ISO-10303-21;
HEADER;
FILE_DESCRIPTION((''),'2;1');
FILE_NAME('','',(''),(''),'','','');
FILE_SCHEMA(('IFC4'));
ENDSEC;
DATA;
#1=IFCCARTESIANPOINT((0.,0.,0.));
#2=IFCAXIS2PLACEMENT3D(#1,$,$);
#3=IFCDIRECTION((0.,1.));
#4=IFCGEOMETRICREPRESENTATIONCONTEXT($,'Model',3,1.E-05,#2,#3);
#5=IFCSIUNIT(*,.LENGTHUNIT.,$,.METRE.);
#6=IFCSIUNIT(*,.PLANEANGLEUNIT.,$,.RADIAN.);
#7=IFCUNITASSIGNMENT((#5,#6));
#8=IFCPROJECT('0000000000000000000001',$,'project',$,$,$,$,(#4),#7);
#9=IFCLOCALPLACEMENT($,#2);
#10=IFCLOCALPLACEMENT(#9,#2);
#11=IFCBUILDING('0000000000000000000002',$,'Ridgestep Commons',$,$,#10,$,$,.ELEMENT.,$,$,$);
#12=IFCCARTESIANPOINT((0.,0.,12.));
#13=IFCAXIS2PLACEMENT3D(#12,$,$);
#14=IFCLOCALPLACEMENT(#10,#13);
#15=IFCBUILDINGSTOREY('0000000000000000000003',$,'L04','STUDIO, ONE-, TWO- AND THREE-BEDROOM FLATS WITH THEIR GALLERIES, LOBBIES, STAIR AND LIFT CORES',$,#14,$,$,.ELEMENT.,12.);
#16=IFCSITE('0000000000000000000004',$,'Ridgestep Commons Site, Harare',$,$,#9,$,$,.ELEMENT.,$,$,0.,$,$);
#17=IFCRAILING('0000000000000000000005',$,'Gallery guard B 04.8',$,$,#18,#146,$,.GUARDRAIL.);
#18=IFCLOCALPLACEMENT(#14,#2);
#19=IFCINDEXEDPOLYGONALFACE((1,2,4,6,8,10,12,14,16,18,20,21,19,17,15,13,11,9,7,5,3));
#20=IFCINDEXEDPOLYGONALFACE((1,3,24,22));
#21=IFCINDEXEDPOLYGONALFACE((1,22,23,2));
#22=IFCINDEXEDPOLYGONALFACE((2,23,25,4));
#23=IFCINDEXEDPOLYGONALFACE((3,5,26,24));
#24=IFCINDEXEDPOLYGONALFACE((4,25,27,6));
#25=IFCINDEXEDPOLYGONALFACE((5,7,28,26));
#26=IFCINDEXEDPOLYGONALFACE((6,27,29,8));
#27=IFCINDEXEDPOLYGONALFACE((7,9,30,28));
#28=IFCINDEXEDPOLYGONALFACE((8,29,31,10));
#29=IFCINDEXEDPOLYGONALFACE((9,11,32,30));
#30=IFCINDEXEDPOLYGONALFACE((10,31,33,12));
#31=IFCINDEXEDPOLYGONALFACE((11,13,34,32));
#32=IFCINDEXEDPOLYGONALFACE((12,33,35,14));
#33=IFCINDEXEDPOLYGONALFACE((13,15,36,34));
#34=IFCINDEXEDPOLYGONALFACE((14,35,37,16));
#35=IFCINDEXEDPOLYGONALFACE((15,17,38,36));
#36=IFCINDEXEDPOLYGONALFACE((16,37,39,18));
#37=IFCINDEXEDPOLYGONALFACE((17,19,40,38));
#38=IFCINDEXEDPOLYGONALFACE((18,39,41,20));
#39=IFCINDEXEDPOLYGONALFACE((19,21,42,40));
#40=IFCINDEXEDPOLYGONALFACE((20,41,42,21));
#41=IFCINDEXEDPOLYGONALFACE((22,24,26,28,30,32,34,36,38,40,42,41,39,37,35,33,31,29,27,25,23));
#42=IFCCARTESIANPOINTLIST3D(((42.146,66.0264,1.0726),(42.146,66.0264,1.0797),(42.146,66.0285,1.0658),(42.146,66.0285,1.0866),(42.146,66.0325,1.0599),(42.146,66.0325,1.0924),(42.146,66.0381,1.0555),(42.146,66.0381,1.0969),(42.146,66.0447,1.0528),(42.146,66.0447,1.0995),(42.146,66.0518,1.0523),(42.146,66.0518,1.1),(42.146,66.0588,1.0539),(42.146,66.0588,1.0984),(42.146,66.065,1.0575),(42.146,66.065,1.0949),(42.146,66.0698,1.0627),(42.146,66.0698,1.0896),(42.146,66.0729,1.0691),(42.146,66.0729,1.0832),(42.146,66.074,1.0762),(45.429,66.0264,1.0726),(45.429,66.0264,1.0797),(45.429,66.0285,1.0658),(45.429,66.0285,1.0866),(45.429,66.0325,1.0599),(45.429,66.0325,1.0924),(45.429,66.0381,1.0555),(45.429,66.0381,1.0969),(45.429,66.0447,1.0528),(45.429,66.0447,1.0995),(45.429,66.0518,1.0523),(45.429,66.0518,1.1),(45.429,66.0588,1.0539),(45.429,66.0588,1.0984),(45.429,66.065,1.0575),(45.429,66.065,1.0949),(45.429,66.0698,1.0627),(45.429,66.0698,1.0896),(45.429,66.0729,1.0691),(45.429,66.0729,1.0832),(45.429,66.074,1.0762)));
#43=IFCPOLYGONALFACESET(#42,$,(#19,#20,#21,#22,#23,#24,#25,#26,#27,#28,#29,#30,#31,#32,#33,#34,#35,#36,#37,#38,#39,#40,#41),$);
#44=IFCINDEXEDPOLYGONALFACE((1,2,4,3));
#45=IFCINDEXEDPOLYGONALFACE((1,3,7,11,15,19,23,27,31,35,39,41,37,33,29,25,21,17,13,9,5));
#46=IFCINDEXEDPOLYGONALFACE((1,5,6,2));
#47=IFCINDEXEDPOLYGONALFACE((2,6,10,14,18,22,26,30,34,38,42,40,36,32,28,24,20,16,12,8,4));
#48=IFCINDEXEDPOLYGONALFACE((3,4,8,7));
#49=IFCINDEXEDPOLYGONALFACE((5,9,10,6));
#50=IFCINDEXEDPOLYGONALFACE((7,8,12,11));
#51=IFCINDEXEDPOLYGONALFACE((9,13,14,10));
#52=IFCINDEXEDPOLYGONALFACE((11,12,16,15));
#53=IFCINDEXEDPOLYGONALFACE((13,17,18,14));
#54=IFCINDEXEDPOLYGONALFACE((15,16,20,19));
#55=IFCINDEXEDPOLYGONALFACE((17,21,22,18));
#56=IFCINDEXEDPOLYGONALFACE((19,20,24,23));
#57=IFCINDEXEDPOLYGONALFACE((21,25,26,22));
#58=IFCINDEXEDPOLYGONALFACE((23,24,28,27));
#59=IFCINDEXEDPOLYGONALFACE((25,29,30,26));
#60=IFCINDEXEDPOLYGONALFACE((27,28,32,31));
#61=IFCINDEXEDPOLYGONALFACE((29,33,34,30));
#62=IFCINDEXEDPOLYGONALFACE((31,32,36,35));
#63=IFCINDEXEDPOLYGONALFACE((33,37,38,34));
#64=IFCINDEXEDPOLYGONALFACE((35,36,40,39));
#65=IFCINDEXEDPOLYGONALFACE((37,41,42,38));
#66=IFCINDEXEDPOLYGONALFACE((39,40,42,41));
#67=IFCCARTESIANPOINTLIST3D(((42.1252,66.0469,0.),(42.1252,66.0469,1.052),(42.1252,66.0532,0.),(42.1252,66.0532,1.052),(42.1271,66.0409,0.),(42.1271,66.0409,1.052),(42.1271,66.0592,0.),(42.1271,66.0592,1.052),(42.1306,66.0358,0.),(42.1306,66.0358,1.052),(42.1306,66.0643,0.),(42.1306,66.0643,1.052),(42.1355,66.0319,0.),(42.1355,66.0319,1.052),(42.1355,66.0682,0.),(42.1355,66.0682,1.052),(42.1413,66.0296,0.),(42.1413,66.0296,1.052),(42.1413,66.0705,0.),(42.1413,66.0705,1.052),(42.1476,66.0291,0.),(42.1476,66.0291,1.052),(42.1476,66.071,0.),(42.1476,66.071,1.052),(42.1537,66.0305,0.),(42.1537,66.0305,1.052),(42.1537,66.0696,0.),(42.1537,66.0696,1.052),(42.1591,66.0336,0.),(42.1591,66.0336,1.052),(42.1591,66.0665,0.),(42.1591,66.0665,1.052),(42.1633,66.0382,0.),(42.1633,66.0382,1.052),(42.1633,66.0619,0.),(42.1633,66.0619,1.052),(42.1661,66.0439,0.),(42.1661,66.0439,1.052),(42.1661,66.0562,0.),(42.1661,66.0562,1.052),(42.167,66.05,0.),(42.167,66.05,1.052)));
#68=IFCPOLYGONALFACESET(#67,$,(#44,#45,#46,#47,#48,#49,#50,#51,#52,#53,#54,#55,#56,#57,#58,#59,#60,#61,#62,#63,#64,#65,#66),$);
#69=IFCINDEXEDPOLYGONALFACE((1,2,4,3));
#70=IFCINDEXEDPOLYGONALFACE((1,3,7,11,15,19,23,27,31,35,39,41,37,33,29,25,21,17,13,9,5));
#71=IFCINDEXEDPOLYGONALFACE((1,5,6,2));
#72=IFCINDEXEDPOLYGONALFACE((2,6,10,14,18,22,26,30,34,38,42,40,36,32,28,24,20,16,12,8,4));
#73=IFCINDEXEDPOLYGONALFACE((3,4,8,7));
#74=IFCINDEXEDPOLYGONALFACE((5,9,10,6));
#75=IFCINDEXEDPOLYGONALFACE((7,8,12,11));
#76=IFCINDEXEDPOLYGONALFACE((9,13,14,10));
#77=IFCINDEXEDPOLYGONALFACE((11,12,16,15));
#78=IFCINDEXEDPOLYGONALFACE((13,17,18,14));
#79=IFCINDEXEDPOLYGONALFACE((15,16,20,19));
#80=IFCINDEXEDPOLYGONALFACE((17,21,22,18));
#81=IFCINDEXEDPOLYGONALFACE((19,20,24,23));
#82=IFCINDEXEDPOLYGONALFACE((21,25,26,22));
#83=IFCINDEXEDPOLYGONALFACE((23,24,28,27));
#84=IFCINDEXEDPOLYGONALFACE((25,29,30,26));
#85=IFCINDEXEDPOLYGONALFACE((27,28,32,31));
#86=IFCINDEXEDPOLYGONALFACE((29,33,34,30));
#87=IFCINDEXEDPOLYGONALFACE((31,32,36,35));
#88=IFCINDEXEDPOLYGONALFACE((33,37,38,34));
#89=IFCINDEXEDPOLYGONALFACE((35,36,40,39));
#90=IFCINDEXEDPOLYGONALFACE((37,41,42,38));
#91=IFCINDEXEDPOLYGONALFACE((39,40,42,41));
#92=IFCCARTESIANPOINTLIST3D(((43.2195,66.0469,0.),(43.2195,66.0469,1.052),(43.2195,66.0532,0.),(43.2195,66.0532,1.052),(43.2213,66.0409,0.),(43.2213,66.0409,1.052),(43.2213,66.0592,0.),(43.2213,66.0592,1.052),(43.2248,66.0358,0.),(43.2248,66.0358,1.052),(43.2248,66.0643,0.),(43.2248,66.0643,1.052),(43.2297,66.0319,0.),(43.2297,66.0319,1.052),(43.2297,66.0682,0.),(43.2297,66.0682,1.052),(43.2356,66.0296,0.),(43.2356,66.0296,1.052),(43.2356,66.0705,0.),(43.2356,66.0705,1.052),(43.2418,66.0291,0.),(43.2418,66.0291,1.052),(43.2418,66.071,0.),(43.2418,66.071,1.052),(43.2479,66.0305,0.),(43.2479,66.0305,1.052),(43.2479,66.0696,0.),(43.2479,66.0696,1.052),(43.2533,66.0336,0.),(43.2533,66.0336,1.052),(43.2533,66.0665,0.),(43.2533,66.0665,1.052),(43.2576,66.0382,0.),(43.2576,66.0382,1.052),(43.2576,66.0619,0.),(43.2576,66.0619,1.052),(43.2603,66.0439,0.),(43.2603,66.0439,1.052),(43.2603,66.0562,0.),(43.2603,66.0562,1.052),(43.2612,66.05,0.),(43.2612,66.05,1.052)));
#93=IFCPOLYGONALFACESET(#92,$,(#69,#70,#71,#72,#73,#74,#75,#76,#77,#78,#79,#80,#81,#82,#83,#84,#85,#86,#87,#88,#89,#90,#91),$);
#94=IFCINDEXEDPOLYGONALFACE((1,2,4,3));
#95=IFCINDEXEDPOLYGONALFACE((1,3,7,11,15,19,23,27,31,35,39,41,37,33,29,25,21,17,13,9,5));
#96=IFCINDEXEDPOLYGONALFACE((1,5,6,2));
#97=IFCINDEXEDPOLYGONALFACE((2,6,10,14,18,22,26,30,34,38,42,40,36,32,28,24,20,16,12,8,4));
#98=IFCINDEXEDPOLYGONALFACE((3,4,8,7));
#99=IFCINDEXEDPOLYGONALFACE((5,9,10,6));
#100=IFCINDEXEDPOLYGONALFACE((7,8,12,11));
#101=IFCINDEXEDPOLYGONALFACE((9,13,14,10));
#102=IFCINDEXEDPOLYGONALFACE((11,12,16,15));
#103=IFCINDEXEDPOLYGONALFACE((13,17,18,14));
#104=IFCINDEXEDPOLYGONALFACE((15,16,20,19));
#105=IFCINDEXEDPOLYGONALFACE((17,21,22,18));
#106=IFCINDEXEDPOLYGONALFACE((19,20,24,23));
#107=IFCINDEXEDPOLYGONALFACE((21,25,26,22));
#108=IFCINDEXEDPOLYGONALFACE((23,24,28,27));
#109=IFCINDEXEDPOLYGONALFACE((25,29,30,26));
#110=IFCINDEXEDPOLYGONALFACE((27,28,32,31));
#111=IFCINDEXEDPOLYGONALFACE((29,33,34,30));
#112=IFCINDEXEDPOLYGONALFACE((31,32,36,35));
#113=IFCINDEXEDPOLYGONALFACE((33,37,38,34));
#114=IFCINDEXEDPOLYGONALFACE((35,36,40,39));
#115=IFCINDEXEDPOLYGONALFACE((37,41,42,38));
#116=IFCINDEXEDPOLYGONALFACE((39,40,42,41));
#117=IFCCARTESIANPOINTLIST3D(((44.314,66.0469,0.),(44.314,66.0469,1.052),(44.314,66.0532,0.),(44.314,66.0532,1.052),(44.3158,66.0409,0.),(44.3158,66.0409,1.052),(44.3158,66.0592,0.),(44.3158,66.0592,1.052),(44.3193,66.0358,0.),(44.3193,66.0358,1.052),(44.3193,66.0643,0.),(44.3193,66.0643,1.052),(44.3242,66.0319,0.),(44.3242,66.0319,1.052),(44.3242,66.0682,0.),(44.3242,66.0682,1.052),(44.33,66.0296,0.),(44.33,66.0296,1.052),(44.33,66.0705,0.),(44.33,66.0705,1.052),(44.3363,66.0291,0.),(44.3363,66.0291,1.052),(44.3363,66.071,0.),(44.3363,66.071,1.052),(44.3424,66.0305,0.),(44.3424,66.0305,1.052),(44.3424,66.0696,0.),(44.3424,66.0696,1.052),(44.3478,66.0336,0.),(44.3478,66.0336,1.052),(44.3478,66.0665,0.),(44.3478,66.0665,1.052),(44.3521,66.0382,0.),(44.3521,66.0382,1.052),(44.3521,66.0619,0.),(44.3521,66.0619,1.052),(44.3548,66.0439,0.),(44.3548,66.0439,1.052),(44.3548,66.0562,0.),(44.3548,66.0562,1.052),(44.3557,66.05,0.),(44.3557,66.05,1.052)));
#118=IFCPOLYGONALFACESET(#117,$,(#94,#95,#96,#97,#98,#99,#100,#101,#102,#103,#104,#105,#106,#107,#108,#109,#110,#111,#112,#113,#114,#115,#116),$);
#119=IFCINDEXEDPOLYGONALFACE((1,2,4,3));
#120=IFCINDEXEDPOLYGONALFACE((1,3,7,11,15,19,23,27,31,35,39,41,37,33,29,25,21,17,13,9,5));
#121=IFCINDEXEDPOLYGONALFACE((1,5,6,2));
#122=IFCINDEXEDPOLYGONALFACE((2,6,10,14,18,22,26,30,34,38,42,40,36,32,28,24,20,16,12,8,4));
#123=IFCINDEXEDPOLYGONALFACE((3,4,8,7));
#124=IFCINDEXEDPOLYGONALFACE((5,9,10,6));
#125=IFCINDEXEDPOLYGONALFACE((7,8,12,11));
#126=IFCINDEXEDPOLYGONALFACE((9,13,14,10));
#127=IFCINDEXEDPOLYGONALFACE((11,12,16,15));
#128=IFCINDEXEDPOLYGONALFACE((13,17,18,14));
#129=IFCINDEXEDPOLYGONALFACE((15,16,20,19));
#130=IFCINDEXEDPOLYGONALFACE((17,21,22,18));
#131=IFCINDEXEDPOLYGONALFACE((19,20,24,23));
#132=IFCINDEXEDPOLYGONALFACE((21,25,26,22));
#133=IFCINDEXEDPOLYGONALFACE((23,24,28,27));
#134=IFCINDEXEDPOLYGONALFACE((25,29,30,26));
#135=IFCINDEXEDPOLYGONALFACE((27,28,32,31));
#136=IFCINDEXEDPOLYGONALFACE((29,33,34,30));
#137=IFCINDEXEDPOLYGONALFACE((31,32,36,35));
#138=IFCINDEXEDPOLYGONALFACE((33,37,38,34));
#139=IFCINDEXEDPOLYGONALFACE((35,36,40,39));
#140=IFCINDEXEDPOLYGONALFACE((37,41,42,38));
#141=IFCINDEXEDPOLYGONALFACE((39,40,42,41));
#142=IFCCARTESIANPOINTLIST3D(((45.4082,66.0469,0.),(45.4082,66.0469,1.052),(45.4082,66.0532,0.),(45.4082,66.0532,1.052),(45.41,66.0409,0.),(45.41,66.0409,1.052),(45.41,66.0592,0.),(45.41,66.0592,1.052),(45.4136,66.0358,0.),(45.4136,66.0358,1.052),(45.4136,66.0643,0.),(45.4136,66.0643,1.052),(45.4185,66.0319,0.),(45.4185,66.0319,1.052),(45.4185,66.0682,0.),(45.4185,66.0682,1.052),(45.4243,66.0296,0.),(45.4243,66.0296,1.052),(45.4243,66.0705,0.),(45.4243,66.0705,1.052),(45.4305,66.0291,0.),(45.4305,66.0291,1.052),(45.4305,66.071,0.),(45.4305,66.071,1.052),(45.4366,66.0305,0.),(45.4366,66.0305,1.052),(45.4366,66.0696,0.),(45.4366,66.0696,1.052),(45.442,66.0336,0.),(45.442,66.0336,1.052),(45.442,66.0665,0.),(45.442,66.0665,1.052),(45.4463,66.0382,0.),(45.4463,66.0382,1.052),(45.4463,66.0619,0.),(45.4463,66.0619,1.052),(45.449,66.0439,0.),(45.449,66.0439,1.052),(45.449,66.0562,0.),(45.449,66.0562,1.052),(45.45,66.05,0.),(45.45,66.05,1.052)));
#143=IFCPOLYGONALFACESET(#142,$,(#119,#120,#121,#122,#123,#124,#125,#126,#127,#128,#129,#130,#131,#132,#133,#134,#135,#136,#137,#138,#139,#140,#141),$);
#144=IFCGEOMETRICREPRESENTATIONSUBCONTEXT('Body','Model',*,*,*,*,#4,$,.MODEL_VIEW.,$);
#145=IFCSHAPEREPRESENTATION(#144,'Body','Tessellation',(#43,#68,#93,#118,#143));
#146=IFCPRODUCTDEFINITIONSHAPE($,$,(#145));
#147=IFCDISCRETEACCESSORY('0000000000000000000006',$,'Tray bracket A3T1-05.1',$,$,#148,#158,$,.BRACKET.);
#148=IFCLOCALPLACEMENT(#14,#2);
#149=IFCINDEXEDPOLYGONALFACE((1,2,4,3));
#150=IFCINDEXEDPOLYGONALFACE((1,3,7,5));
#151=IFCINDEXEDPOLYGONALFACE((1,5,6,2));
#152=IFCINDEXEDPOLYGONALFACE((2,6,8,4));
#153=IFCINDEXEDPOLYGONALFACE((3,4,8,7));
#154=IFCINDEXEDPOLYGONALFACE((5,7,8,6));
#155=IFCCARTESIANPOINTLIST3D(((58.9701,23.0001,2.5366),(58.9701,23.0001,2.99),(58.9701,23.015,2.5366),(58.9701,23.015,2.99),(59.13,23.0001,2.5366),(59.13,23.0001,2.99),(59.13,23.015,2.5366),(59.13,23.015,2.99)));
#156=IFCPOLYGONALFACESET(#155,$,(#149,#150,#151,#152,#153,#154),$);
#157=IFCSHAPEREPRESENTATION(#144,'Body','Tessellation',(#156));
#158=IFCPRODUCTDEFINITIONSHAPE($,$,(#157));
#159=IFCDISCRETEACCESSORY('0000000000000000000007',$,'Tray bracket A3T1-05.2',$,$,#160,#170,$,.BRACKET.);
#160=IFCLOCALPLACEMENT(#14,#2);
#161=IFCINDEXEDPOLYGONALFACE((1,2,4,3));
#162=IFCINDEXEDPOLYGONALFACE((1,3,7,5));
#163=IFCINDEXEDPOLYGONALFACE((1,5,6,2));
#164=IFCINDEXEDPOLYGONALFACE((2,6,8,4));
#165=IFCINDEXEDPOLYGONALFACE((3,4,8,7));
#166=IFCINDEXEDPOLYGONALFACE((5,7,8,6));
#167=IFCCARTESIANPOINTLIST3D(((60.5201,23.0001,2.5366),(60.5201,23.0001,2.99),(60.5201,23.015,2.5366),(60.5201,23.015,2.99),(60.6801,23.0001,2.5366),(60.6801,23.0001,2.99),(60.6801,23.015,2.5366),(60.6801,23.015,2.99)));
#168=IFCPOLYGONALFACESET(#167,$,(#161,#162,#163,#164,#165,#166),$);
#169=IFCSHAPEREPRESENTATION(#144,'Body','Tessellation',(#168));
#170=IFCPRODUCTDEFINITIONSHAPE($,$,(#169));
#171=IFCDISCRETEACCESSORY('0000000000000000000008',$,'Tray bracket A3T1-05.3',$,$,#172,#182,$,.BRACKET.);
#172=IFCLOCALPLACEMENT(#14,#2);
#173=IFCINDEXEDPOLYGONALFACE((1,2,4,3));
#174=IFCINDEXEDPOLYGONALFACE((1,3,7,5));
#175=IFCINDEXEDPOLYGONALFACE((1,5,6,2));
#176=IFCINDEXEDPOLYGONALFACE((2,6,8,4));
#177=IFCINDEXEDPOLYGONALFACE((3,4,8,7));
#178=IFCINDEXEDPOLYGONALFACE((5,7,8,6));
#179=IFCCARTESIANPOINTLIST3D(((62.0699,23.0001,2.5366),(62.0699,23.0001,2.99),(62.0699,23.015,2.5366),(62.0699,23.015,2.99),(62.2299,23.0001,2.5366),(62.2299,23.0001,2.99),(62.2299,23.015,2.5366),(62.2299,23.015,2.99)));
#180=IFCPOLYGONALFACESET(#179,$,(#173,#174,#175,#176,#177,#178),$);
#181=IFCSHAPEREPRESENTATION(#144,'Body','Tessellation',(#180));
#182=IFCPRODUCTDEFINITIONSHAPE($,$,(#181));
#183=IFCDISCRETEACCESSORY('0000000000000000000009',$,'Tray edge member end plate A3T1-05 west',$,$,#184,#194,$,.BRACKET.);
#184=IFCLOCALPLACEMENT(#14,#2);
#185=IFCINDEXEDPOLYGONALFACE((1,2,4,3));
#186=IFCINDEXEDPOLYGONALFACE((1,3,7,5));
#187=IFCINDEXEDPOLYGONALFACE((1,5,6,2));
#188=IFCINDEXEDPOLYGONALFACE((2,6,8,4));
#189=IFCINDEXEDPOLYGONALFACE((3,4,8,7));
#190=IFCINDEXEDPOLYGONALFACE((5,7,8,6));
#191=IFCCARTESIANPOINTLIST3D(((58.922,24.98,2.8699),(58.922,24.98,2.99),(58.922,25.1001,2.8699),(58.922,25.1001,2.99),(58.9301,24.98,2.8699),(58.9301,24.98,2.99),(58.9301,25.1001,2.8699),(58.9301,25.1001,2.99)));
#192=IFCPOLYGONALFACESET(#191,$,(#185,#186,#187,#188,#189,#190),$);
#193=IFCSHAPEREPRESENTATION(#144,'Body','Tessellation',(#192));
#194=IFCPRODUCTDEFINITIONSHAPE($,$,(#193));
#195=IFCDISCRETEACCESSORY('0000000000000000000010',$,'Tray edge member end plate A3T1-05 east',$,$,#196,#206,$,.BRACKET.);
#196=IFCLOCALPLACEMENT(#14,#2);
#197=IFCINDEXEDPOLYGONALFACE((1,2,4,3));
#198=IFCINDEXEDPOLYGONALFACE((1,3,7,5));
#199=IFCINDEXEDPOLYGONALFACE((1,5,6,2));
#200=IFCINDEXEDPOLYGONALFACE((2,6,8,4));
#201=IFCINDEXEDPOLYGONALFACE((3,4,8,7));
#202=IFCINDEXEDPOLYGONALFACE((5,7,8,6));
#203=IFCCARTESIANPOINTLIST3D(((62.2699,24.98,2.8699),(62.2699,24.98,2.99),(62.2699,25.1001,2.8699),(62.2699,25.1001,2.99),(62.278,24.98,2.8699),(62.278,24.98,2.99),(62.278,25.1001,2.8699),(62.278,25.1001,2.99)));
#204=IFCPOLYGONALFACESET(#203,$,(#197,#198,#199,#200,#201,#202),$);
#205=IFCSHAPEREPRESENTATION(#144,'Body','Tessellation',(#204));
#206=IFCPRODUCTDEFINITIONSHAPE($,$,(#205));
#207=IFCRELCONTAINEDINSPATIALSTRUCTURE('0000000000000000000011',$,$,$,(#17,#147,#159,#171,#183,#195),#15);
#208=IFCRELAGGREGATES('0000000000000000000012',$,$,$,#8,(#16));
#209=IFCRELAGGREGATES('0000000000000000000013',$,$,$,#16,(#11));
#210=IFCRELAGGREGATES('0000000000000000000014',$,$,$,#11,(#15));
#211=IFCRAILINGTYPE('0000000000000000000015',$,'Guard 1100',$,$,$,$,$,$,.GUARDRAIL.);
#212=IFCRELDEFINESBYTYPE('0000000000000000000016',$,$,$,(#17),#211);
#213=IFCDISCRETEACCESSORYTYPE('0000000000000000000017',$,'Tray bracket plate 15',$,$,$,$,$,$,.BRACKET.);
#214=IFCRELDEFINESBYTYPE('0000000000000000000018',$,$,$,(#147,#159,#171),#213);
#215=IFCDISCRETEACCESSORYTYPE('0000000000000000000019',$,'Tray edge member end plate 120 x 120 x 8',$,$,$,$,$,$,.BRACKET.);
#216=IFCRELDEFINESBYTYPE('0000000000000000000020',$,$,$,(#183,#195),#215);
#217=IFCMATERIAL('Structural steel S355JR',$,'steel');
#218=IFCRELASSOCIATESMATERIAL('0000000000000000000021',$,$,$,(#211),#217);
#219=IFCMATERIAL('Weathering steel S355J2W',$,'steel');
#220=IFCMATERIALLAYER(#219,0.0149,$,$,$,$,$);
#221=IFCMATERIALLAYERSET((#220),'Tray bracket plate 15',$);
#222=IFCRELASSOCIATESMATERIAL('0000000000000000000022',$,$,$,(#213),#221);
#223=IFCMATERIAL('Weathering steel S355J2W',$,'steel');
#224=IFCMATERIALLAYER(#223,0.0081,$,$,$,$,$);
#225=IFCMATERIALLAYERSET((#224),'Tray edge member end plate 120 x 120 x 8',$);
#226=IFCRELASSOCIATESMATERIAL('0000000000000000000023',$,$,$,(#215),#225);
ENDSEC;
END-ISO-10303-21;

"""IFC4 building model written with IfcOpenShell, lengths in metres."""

from ifc_helpers import new_model, si_unit, direction, frame, origin, origin_2d, place, context, subcontext, project, spatial, rectangle, circle, extrude, material, layer, layer_set, type_object, element, save


model = new_model("IFC4")

# Units and contexts
model_context = context("Model", 3, precision=1e-05, world=origin(), true_north=direction((0.0, 1.0)))
body_context = subcontext(model_context, "Body", "Model", "MODEL_VIEW")
ifc_project = project(units=[si_unit("LENGTHUNIT", "METRE"), si_unit("PLANEANGLEUNIT", "RADIAN")], contexts=[model_context])

# Site, building, storey
site_placement = place(None, origin())
site = spatial("IfcSite", under=ifc_project, at=site_placement, Name="Ridgestep Commons Site, Harare", CompositionType="ELEMENT", RefElevation=0.0)
building_placement = place(site_placement, origin())
building = spatial("IfcBuilding", under=site, at=building_placement, Name="Ridgestep Commons", CompositionType="ELEMENT")
storey_placement = place(building_placement, frame((0.0, 0.0, 12.0)))
storey = spatial("IfcBuildingStorey", under=building, at=storey_placement, Name="L04", Description="STUDIO, ONE-, TWO- AND THREE-BEDROOM FLATS WITH THEIR GALLERIES, LOBBIES, STAIR AND LIFT CORES", CompositionType="ELEMENT", Elevation=12.0)

# Railing
ifc_material_1 = material(Name="Structural steel S355JR", Category="steel")
railing_type = type_object("IfcRailingType", Name="Guard 1100", PredefinedType="GUARDRAIL", material=ifc_material_1)
railing_placement = place(storey_placement, frame((42.146, 66.05, 0.0)))
element("IfcRailing", 1, at=railing_placement, inside=storey, type_object=railing_type, Name="Gallery guard B 04.8", PredefinedType="GUARDRAIL", context=body_context, shape_type="SweptSolid", body=[
    extrude(circle(Radius=0.0239, at=origin_2d()), frame((0.0, 0.0, 1.0762), z_axis=(1.0, 0.0, 0.0), x_axis=(0.0, 1.0, 0.0)), (0.0, 0.0, 1.0), 3.283),
    extrude(circle(Radius=0.021, at=origin_2d()), origin(), (0.0, 0.0, 1.0), 1.052),
    extrude(circle(Radius=0.021, at=origin_2d()), frame((1.0942, 0.0, 0.0)), (0.0, 0.0, 1.0), 1.052),
    extrude(circle(Radius=0.021, at=origin_2d()), frame((2.1887, 0.0, 0.0)), (0.0, 0.0, 1.0), 1.052),
    extrude(circle(Radius=0.021, at=origin_2d()), frame((3.283, 0.0, 0.0)), (0.0, 0.0, 1.0), 1.052),
])

# Discrete accessories
ifc_material_2 = material(Name="Weathering steel S355J2W", Category="steel")
ifc_layer_1 = layer(ifc_material_2, 0.0149)
ifc_layer_set_1 = layer_set([ifc_layer_1], Name="Tray bracket plate 15")
discrete_accessory_type_1 = type_object("IfcDiscreteAccessoryType", Name="Tray bracket plate 15", PredefinedType="BRACKET", material=ifc_layer_set_1)
for number, where, z_axis, x_axis, name in (
    (2, (59.05, 23.0076, 2.5366), (0.0, 0.0, 1.0), (1.0, 0.0, 0.0), "Tray bracket A3T1-05.1"),
    (3, (60.6001, 23.0076, 2.5366), (0.0, 0.0, 1.0), (1.0, 0.0, 0.0), "Tray bracket A3T1-05.2"),
    (4, (62.1499, 23.0076, 2.5366), (0.0, 0.0, 1.0), (1.0, 0.0, 0.0), "Tray bracket A3T1-05.3"),
):
    element("IfcDiscreteAccessory", number, at=place(storey_placement, frame(where, z_axis=z_axis, x_axis=x_axis)), inside=storey, type_object=discrete_accessory_type_1, Name=name, PredefinedType="BRACKET", context=body_context, shape_type="SweptSolid", body=[
        extrude(rectangle(XDim=0.1599, YDim=0.0149, at=origin_2d()), origin(), (0.0, 0.0, 1.0), 0.4534),
    ])
ifc_material_3 = material(Name="Weathering steel S355J2W", Category="steel")
ifc_layer_2 = layer(ifc_material_3, 0.0081)
ifc_layer_set_2 = layer_set([ifc_layer_2], Name="Tray edge member end plate 120 x 120 x 8")
discrete_accessory_type_2 = type_object("IfcDiscreteAccessoryType", Name="Tray edge member end plate 120 x 120 x 8", PredefinedType="BRACKET", material=ifc_layer_set_2)
for number, where, z_axis, x_axis, name in (
    (5, (58.926, 25.04, 2.8699), (0.0, 0.0, 1.0), (1.0, 0.0, 0.0), "Tray edge member end plate A3T1-05 west"),
    (6, (62.2739, 25.04, 2.8699), (0.0, 0.0, 1.0), (1.0, 0.0, 0.0), "Tray edge member end plate A3T1-05 east"),
):
    element("IfcDiscreteAccessory", number, at=place(storey_placement, frame(where, z_axis=z_axis, x_axis=x_axis)), inside=storey, type_object=discrete_accessory_type_2, Name=name, PredefinedType="BRACKET", context=body_context, shape_type="SweptSolid", body=[
        extrude(rectangle(XDim=0.0081, YDim=0.1201, at=origin_2d()), origin(), (0.0, 0.0, 1.0), 0.1201),
    ])

save(model, "model.ifc")
